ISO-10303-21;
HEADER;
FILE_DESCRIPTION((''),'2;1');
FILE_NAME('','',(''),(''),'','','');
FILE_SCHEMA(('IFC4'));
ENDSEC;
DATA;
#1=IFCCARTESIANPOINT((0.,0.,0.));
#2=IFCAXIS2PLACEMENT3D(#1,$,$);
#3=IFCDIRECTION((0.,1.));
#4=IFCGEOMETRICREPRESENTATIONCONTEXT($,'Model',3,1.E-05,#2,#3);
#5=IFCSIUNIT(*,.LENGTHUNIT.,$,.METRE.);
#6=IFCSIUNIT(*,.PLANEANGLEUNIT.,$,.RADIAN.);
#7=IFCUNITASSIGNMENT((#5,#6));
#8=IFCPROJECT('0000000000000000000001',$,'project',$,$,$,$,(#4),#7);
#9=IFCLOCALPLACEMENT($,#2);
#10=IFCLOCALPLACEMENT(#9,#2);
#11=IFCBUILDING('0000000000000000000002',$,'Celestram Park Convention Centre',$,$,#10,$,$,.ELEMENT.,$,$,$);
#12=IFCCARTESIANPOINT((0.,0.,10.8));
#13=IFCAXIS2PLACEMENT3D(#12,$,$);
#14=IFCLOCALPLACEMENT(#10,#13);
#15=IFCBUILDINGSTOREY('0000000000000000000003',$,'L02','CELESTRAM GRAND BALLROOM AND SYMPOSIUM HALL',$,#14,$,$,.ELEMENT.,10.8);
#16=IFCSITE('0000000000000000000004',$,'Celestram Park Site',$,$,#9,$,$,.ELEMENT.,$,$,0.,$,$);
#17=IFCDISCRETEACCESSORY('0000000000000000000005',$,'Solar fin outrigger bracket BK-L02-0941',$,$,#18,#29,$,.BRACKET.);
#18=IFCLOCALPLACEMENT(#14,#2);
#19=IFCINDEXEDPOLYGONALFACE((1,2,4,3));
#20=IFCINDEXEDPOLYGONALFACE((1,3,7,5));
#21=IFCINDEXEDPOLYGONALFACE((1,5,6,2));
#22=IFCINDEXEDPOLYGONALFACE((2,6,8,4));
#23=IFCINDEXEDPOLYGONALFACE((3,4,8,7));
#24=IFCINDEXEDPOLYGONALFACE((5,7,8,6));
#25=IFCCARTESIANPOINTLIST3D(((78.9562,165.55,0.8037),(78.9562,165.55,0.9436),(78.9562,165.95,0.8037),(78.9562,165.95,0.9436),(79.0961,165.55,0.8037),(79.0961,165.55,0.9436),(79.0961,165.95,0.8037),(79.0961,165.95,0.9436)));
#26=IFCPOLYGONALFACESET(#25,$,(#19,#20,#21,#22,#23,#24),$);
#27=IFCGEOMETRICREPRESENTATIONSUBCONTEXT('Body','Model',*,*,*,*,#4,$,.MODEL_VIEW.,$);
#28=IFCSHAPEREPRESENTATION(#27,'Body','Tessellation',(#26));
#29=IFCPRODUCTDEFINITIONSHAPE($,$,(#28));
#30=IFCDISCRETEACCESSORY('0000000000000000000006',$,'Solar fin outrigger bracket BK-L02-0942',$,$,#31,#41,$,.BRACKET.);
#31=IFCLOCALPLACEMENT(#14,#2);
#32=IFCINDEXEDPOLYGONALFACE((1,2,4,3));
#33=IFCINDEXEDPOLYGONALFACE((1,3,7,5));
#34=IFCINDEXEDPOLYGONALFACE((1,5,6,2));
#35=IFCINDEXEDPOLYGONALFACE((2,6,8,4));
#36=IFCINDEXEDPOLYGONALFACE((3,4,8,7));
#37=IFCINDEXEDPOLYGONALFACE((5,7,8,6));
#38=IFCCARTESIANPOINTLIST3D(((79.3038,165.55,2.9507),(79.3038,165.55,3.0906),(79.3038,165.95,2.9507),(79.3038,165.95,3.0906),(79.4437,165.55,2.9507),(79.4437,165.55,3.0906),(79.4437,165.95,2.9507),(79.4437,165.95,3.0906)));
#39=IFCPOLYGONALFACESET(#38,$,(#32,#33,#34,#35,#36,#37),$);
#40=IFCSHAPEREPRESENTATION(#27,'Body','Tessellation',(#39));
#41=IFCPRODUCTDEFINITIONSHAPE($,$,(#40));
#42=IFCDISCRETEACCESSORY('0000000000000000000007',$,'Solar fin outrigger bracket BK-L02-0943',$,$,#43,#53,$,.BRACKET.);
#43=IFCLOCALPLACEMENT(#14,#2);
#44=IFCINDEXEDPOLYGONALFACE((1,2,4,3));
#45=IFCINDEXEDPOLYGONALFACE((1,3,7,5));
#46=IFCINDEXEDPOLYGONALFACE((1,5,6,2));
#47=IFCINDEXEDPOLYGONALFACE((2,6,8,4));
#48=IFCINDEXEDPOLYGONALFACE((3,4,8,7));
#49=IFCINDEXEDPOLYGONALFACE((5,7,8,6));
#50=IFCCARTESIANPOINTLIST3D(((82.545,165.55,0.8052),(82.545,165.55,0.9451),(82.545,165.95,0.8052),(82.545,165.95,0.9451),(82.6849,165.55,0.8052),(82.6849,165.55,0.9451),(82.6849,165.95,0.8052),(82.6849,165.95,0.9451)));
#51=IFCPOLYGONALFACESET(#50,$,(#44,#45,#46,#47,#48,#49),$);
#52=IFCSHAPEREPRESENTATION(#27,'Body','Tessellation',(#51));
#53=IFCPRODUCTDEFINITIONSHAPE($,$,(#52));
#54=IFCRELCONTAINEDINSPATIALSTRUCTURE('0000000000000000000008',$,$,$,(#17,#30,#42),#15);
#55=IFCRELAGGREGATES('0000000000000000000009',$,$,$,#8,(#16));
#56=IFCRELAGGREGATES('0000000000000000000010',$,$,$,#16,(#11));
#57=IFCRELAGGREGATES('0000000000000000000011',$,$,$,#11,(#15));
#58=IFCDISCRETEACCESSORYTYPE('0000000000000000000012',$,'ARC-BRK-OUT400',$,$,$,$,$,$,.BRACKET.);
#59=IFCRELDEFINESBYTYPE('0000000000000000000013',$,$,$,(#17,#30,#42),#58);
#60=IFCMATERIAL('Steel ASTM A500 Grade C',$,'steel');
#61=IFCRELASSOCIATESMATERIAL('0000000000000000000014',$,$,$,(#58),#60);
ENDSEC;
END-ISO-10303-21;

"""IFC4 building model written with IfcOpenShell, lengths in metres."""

from ifc_helpers import new_model, si_unit, direction, frame, origin, origin_2d, place, context, subcontext, project, spatial, rectangle, extrude, material, type_object, element, save


model = new_model("IFC4")

# Units and contexts
model_context = context("Model", 3, precision=1e-05, world=origin(), true_north=direction((0.0, 1.0)))
body_context = subcontext(model_context, "Body", "Model", "MODEL_VIEW")
ifc_project = project(units=[si_unit("LENGTHUNIT", "METRE"), si_unit("PLANEANGLEUNIT", "RADIAN")], contexts=[model_context])

# Site, building, storey
site_placement = place(None, origin())
site = spatial("IfcSite", under=ifc_project, at=site_placement, Name="Celestram Park Site", CompositionType="ELEMENT", RefElevation=0.0)
building_placement = place(site_placement, origin())
building = spatial("IfcBuilding", under=site, at=building_placement, Name="Celestram Park Convention Centre", CompositionType="ELEMENT")
storey_placement = place(building_placement, frame((0.0, 0.0, 10.8)))
storey = spatial("IfcBuildingStorey", under=building, at=storey_placement, Name="L02", Description="CELESTRAM GRAND BALLROOM AND SYMPOSIUM HALL", CompositionType="ELEMENT", Elevation=10.8)

# Discrete accessories
ifc_material_1 = material(Name="Steel ASTM A500 Grade C", Category="steel")
discrete_accessory_type = type_object("IfcDiscreteAccessoryType", Name="ARC-BRK-OUT400", PredefinedType="BRACKET", material=ifc_material_1)
for number, where, z_axis, x_axis, name in (
    (1, (79.0261, 165.75, 0.8037), (0.0, 0.0, 1.0), (0.0, 1.0, 0.0), "Solar fin outrigger bracket BK-L02-0941"),
    (2, (79.3738, 165.75, 2.9507), (0.0, 0.0, 1.0), (0.0, 1.0, 0.0), "Solar fin outrigger bracket BK-L02-0942"),
    (3, (82.615, 165.75, 0.8052), (0.0, 0.0, 1.0), (0.0, 1.0, 0.0), "Solar fin outrigger bracket BK-L02-0943"),
):
    element("IfcDiscreteAccessory", number, at=place(storey_placement, frame(where, z_axis=z_axis, x_axis=x_axis)), inside=storey, type_object=discrete_accessory_type, Name=name, PredefinedType="BRACKET", context=body_context, shape_type="SweptSolid", body=[
        extrude(rectangle(XDim=0.3999, YDim=0.1399, at=origin_2d()), origin(), (0.0, 0.0, 1.0), 0.1399),
    ])

save(model, "model.ifc")
